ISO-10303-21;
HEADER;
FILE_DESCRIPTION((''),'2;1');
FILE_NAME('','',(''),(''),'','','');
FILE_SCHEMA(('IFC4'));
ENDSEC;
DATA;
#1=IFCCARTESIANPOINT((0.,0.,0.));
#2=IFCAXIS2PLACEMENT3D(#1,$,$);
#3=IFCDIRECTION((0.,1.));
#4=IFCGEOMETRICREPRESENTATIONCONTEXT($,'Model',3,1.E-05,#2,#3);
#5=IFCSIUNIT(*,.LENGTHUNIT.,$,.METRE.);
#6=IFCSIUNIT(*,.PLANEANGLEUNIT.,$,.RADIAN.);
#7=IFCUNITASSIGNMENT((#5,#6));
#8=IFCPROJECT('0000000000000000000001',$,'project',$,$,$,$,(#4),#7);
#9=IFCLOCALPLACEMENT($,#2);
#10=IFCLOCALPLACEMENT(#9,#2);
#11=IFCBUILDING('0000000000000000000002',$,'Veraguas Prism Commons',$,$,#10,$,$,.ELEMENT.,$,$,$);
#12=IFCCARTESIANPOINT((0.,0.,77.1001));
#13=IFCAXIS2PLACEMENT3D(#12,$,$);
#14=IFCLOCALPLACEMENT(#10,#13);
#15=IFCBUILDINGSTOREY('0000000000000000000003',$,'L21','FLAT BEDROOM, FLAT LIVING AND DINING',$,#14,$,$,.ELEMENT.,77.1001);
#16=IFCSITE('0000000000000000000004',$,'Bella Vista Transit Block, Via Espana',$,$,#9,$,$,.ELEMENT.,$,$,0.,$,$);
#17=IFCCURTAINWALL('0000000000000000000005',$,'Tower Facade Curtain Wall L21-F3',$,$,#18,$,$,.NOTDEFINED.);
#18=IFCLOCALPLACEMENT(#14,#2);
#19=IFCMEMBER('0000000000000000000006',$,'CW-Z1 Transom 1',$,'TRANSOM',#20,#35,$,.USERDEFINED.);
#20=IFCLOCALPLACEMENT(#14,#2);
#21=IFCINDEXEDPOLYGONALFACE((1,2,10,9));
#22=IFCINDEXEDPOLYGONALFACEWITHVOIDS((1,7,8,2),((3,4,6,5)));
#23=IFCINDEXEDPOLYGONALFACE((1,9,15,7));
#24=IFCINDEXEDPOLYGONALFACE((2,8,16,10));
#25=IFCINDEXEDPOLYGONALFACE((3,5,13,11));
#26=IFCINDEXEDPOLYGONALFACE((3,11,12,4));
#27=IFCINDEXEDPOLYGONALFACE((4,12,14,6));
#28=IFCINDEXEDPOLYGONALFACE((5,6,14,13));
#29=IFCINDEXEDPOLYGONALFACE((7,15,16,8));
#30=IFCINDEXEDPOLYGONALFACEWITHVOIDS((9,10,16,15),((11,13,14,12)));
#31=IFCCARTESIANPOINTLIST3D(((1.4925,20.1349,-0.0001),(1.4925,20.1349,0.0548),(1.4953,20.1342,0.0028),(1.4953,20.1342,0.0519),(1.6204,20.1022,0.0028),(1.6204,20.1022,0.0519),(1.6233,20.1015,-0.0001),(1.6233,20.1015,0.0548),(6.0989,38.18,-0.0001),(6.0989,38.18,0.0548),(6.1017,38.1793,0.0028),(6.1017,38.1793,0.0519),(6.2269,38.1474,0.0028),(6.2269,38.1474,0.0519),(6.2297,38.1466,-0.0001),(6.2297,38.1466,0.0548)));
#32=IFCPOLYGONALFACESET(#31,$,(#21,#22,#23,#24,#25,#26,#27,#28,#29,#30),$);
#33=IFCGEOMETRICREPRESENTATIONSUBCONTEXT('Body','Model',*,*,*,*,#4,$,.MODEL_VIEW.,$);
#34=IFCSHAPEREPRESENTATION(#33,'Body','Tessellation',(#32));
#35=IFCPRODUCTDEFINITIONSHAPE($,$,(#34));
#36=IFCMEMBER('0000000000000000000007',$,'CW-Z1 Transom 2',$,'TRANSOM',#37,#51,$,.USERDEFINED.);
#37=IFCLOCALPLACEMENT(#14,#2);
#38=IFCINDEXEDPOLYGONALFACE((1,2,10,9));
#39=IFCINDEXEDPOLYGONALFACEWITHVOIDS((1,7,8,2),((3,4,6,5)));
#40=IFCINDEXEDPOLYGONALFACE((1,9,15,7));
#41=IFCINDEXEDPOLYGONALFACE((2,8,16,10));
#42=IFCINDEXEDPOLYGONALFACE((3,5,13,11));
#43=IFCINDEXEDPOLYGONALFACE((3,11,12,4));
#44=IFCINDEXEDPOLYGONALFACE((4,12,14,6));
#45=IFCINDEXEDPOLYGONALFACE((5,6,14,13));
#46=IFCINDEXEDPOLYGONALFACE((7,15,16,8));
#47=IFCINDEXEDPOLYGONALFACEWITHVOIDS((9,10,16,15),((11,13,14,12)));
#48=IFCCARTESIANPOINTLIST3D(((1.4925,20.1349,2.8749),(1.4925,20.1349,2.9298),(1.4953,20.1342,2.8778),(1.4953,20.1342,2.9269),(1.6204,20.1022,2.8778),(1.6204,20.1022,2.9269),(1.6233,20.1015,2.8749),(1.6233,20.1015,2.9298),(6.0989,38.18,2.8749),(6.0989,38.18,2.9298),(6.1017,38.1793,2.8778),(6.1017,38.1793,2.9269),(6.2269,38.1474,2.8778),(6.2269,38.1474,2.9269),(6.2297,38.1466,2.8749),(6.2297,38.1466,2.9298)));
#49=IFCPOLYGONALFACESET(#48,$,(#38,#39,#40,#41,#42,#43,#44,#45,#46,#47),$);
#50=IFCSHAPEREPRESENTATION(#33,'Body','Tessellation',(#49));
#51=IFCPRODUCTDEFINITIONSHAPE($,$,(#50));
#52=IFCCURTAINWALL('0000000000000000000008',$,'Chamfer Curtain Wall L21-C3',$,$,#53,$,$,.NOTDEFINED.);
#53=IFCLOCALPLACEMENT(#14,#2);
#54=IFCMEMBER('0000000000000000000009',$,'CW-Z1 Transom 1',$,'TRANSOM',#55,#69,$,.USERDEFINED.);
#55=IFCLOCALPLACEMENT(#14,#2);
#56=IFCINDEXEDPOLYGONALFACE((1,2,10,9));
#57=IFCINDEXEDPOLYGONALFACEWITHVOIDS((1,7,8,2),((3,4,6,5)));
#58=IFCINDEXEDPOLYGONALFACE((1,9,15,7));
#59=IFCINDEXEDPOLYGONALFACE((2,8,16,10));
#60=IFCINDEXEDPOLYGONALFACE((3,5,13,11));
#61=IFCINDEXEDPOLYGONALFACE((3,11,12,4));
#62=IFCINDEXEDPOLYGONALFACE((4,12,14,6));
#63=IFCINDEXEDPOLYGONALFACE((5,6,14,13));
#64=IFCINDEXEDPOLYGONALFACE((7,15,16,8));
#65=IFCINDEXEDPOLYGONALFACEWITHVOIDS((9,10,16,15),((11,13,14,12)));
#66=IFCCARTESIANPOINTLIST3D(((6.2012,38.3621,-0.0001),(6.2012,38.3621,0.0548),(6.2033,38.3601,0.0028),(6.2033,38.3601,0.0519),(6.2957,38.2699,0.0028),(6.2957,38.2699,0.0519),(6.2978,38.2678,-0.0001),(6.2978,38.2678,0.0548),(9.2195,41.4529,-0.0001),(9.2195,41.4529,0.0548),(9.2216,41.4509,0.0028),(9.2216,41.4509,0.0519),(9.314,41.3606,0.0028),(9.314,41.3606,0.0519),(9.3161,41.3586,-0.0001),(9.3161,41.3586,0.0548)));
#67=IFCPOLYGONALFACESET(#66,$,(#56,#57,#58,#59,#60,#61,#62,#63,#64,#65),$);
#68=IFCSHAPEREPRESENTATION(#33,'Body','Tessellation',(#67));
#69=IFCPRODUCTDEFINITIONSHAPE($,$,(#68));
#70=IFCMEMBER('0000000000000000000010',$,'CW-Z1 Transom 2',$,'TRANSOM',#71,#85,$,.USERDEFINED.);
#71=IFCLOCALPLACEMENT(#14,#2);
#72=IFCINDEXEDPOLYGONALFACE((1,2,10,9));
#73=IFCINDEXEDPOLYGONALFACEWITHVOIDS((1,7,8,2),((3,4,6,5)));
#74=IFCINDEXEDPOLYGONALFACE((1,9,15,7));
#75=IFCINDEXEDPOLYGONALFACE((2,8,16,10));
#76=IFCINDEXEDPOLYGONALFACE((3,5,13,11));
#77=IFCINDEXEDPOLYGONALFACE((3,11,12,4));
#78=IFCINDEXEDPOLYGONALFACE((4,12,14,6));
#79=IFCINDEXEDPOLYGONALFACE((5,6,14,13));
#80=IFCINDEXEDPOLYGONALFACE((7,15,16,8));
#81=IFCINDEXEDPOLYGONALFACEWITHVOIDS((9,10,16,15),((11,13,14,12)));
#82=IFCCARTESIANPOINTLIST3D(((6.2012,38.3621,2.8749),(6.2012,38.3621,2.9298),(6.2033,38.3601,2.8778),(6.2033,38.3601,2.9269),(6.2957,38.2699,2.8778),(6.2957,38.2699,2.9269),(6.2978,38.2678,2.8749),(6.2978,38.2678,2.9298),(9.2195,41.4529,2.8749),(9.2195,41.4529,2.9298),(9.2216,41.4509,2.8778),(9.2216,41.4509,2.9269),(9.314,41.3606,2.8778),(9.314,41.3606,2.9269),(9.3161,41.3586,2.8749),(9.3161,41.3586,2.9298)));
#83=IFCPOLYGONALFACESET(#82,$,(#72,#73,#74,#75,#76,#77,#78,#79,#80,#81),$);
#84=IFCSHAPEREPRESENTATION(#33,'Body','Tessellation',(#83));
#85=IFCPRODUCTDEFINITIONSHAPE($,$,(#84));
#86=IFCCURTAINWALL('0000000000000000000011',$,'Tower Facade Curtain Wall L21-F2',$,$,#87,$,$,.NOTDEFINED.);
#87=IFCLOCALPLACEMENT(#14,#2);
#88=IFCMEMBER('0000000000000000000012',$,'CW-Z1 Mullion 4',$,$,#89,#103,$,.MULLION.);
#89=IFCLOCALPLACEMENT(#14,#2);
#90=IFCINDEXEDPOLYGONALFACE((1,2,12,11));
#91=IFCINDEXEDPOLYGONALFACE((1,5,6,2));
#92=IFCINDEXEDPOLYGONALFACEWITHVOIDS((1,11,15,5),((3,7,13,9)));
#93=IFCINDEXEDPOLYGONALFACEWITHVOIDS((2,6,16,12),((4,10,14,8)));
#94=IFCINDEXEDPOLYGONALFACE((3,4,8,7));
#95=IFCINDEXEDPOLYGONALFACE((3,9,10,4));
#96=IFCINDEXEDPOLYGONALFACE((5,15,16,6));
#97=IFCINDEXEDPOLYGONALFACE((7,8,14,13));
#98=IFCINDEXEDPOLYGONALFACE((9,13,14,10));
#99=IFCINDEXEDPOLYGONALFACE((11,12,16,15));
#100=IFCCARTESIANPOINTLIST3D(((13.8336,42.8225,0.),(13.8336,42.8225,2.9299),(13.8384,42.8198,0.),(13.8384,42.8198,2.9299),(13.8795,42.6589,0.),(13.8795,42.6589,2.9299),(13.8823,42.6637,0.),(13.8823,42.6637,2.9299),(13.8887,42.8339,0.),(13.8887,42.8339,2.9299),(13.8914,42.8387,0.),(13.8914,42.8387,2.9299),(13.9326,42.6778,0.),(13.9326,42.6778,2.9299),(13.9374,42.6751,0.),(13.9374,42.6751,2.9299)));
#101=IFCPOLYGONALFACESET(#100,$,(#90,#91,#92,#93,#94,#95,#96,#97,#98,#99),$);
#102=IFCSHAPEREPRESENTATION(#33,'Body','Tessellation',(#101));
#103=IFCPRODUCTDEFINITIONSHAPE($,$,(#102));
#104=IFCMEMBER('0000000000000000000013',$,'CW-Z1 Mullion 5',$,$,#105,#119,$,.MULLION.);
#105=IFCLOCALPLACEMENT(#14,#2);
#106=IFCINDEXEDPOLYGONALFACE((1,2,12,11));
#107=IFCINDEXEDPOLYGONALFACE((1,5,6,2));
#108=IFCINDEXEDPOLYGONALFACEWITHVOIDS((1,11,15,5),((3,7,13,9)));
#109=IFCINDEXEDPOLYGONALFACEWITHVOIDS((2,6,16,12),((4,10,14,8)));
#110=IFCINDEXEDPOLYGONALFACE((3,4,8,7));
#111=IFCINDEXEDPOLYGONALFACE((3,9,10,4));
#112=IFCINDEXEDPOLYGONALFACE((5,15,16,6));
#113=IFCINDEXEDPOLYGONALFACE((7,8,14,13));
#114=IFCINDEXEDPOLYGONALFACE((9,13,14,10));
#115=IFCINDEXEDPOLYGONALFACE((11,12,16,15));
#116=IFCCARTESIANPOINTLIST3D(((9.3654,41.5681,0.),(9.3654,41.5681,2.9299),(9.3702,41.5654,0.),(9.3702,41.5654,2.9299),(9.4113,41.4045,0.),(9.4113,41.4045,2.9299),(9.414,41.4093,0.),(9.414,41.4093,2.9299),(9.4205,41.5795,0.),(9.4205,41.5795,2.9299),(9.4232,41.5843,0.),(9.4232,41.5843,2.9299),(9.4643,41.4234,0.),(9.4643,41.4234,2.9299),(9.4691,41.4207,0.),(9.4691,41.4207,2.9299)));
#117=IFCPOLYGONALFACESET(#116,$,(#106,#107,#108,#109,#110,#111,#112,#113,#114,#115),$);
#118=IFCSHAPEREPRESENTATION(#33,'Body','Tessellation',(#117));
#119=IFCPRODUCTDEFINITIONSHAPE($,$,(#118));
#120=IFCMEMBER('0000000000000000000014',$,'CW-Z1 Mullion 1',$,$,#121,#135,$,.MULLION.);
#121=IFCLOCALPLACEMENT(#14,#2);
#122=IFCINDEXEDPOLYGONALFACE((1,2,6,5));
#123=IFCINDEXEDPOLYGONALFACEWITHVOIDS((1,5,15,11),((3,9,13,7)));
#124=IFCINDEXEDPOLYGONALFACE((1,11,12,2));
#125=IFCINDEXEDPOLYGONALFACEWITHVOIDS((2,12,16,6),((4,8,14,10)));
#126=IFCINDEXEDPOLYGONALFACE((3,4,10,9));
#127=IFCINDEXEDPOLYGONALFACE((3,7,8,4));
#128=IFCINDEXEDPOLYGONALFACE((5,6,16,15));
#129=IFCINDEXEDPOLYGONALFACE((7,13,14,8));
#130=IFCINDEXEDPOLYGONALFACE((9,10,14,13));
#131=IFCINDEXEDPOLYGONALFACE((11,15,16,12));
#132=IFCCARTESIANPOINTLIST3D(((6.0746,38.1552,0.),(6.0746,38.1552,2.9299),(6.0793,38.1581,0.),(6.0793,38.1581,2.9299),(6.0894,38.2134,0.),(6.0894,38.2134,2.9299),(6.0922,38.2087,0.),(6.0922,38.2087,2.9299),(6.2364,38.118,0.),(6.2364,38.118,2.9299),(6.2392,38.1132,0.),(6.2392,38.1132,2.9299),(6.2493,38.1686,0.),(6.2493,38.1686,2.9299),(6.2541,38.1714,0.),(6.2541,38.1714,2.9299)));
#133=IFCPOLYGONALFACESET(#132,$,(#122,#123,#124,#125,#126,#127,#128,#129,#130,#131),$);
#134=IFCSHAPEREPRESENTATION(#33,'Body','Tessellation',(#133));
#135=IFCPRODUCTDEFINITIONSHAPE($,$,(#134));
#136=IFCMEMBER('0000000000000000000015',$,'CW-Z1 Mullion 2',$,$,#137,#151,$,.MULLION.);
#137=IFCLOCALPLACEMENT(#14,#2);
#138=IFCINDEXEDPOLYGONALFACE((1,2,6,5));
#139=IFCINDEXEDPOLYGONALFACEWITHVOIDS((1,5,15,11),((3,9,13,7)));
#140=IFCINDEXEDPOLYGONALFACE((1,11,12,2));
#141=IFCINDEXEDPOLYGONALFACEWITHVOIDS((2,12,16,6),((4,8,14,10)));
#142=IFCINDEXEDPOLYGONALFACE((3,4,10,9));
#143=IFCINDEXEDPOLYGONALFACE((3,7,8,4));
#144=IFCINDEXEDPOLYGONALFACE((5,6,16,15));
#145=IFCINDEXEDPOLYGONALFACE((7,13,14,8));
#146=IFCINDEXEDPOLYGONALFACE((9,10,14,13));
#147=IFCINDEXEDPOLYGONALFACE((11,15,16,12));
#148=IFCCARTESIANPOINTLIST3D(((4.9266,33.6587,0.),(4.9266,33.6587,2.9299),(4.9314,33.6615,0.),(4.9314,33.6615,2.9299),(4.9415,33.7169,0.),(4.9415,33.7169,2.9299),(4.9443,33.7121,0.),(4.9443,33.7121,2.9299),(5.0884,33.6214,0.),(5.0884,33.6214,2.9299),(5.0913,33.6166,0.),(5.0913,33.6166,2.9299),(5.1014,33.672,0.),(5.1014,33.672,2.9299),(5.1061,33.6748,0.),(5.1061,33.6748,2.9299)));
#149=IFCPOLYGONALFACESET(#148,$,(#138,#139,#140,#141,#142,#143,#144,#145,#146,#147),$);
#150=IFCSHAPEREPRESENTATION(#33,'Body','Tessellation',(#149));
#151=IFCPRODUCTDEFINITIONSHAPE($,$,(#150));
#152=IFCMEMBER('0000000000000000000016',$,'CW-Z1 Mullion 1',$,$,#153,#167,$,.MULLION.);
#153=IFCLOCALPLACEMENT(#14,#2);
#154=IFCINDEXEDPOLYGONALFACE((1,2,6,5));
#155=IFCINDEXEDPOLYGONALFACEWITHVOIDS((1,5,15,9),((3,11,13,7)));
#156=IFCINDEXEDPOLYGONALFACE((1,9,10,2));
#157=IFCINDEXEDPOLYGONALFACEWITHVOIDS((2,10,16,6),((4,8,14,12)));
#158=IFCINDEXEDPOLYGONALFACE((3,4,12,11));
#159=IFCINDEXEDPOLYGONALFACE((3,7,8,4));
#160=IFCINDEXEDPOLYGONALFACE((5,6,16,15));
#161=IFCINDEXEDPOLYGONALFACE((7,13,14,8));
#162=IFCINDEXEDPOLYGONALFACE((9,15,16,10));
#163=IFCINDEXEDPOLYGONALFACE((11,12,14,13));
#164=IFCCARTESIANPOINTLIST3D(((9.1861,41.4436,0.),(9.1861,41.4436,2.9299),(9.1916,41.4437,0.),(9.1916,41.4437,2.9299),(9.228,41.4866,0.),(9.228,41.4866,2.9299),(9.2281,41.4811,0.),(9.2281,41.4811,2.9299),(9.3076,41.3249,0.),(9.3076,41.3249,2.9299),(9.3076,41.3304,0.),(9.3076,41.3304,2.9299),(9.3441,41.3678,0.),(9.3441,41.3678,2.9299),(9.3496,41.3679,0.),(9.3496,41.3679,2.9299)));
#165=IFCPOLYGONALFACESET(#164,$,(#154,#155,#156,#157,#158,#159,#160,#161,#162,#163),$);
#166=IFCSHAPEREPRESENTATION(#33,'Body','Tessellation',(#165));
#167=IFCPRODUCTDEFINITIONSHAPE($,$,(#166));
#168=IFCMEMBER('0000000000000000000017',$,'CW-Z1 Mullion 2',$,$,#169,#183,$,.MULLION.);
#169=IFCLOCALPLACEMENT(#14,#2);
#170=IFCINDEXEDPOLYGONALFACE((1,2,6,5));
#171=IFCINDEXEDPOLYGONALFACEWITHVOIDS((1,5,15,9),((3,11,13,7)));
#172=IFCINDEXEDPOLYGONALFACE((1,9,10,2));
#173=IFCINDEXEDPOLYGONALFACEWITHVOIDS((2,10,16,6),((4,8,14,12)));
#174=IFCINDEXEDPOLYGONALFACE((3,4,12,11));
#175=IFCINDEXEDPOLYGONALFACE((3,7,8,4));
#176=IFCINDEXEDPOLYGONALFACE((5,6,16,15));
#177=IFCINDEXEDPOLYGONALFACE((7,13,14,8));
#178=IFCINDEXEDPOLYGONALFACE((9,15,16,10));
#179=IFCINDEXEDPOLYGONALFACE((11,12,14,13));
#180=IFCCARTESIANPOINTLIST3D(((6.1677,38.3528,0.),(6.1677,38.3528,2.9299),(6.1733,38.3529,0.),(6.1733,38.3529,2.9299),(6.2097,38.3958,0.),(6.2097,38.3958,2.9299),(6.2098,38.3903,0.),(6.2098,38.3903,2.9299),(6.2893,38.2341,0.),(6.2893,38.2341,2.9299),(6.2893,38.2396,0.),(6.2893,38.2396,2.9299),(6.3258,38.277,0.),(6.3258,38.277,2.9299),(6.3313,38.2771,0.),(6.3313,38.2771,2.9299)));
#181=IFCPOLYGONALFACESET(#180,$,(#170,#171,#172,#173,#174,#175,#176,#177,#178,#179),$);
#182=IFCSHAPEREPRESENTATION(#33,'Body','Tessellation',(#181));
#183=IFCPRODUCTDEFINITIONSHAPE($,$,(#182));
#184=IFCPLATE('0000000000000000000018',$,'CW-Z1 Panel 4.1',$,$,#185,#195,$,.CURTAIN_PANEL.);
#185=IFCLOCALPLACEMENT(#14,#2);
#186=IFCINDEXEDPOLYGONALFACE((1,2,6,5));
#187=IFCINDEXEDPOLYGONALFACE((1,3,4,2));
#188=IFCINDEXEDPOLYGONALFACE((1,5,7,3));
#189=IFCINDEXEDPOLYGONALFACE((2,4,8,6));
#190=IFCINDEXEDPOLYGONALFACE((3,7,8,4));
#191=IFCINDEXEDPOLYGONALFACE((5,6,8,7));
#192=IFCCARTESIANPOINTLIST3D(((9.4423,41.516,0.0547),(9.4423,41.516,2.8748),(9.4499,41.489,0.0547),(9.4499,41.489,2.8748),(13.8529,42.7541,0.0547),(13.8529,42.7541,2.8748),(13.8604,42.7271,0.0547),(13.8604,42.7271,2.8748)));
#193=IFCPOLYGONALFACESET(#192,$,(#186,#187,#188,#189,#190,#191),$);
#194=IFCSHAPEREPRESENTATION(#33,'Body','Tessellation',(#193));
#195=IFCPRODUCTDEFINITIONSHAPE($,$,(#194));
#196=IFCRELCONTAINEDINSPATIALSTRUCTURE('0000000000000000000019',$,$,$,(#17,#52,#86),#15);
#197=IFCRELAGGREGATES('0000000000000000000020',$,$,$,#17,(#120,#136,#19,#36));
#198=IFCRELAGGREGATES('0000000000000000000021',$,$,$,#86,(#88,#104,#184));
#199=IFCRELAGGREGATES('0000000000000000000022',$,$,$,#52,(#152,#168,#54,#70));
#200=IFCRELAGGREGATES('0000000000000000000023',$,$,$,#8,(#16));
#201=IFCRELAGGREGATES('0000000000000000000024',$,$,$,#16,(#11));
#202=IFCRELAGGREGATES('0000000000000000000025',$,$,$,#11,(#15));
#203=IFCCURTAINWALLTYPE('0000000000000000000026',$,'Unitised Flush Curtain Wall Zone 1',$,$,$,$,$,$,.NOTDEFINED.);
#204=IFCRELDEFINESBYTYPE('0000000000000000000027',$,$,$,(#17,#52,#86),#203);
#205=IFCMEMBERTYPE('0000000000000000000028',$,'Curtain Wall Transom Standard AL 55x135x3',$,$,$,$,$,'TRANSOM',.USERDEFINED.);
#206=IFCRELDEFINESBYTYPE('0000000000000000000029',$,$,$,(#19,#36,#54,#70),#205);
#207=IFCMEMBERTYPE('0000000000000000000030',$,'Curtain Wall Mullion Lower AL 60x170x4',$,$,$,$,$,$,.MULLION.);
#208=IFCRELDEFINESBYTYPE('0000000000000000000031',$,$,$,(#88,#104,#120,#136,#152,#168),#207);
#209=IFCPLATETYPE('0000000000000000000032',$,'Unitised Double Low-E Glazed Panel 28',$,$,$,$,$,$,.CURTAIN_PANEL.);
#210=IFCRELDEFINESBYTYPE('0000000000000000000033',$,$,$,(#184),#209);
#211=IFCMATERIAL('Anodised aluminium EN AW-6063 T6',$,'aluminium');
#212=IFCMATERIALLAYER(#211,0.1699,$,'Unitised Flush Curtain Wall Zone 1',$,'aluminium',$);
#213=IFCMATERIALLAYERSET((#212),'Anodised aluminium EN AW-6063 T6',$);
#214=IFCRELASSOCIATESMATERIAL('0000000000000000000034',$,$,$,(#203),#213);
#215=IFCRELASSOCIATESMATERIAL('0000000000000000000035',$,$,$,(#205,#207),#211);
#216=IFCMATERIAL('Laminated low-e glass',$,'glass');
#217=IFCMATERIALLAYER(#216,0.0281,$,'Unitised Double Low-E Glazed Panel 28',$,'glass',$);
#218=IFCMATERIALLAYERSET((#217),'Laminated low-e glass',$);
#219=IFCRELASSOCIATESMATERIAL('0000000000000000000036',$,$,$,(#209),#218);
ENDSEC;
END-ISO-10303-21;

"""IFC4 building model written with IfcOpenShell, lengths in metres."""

from ifc_helpers import new_model, si_unit, direction, frame, origin, origin_2d, place, context, subcontext, project, spatial, rectangle, hollow_rectangle, extrude, source, transform, mapped, material, layer, layer_set, material_profile, profile_set, type_object, element, aggregate, save


model = new_model("IFC4")

# Units and contexts
model_context = context("Model", 3, precision=1e-05, world=origin(), true_north=direction((0.0, 1.0)))
body_context = subcontext(model_context, "Body", "Model", "MODEL_VIEW")
ifc_project = project(units=[si_unit("LENGTHUNIT", "METRE"), si_unit("PLANEANGLEUNIT", "RADIAN")], contexts=[model_context])

# Site, building, storey
site_placement = place(None, origin())
site = spatial("IfcSite", under=ifc_project, at=site_placement, Name="Bella Vista Transit Block, Via Espana", CompositionType="ELEMENT", RefElevation=0.0)
building_placement = place(site_placement, origin())
building = spatial("IfcBuilding", under=site, at=building_placement, Name="Veraguas Prism Commons", CompositionType="ELEMENT")
storey_placement = place(building_placement, frame((0.0, 0.0, 77.1001)))
storey = spatial("IfcBuildingStorey", under=building, at=storey_placement, Name="L21", Description="FLAT BEDROOM, FLAT LIVING AND DINING", CompositionType="ELEMENT", Elevation=77.1001)

# Curtain walls, members
ifc_material_1 = material(Name="Anodised aluminium EN AW-6063 T6", Category="aluminium")
ifc_layer_1 = layer(ifc_material_1, 0.1699, Name="Unitised Flush Curtain Wall Zone 1", Category="aluminium")
ifc_layer_set_1 = layer_set([ifc_layer_1], Name="Anodised aluminium EN AW-6063 T6")
curtain_wall_type = type_object("IfcCurtainWallType", Name="Unitised Flush Curtain Wall Zone 1", PredefinedType="NOTDEFINED", material=ifc_layer_set_1)
curtain_wall_1_placement = place(storey_placement, origin())
curtain_wall_1 = element("IfcCurtainWall", 1, at=curtain_wall_1_placement, inside=storey, type_object=curtain_wall_type, Name="Tower Facade Curtain Wall L21-F3", PredefinedType="NOTDEFINED")
ifc_material_profile_1 = material_profile(ifc_material_1, hollow_rectangle(XDim=0.0549, YDim=0.135, WallThickness=0.0029, at=origin_2d()), Name="AL55X135X3")
ifc_profile_set_1 = profile_set([ifc_material_profile_1], Name="Anodised aluminium EN AW-6063 T6")
member_type_1 = type_object("IfcMemberType", Name="Curtain Wall Transom Standard AL 55x135x3", ElementType="TRANSOM", PredefinedType="USERDEFINED", material=ifc_profile_set_1)
shared_shape_1 = source(origin(), body_context, "Body", "SweptSolid", [
    extrude(hollow_rectangle(XDim=0.0549, YDim=0.135, WallThickness=0.0029, at=origin_2d()), origin(), (0.0, 0.0, 1.0), 18.6238),
])
member_1_placement = place(storey_placement, frame((6.1643, 38.1633, 0.0273), z_axis=(-0.247341, -0.968928, 0.0), x_axis=(0.0, 0.0, 1.0)))
member_1 = element("IfcMember", 2, at=member_1_placement, type_object=member_type_1, Name="CW-Z1 Transom 1", ObjectType="TRANSOM", PredefinedType="USERDEFINED", context=body_context, shape_type="MappedRepresentation", body=[
    mapped(shared_shape_1, transform((0.0, 0.0, 0.0), scale=1.0)),
])
member_2_placement = place(storey_placement, frame((6.1643, 38.1633, 2.9023), z_axis=(-0.247341, -0.968928, 0.0), x_axis=(0.0, 0.0, 1.0)))
member_2 = element("IfcMember", 3, at=member_2_placement, type_object=member_type_1, Name="CW-Z1 Transom 2", ObjectType="TRANSOM", PredefinedType="USERDEFINED", context=body_context, shape_type="MappedRepresentation", body=[
    mapped(shared_shape_1, transform((0.0, 0.0, 0.0), scale=1.0)),
])
curtain_wall_2_placement = place(storey_placement, origin())
curtain_wall_2 = element("IfcCurtainWall", 4, at=curtain_wall_2_placement, inside=storey, type_object=curtain_wall_type, Name="Chamfer Curtain Wall L21-C3", PredefinedType="NOTDEFINED")
shared_shape_2 = source(origin(), body_context, "Body", "SweptSolid", [
    extrude(hollow_rectangle(XDim=0.0549, YDim=0.135, WallThickness=0.0029, at=origin_2d()), origin(), (0.0, 0.0, 1.0), 4.3201),
])
member_3_placement = place(storey_placement, frame((9.2678, 41.4058, 0.0273), z_axis=(-0.698665, -0.715449, 0.0), x_axis=(0.0, 0.0, 1.0)))
member_3 = element("IfcMember", 5, at=member_3_placement, type_object=member_type_1, Name="CW-Z1 Transom 1", ObjectType="TRANSOM", PredefinedType="USERDEFINED", context=body_context, shape_type="MappedRepresentation", body=[
    mapped(shared_shape_2, transform((0.0, 0.0, 0.0), scale=1.0)),
])
member_4_placement = place(storey_placement, frame((9.2678, 41.4058, 2.9023), z_axis=(-0.698665, -0.715449, 0.0), x_axis=(0.0, 0.0, 1.0)))
member_4 = element("IfcMember", 6, at=member_4_placement, type_object=member_type_1, Name="CW-Z1 Transom 2", ObjectType="TRANSOM", PredefinedType="USERDEFINED", context=body_context, shape_type="MappedRepresentation", body=[
    mapped(shared_shape_2, transform((0.0, 0.0, 0.0), scale=1.0)),
])
curtain_wall_3_placement = place(storey_placement, origin())
curtain_wall_3 = element("IfcCurtainWall", 7, at=curtain_wall_3_placement, inside=storey, type_object=curtain_wall_type, Name="Tower Facade Curtain Wall L21-F2", PredefinedType="NOTDEFINED")
ifc_material_profile_2 = material_profile(ifc_material_1, hollow_rectangle(XDim=0.0601, YDim=0.1699, WallThickness=0.0039, at=origin_2d()), Name="AL60X170X4")
ifc_profile_set_2 = profile_set([ifc_material_profile_2], Name="Anodised aluminium EN AW-6063 T6")
member_type_2 = type_object("IfcMemberType", Name="Curtain Wall Mullion Lower AL 60x170x4", PredefinedType="MULLION", material=ifc_profile_set_2)
shared_shape_3 = source(origin(), body_context, "Body", "SweptSolid", [
    extrude(hollow_rectangle(XDim=0.0601, YDim=0.1699, WallThickness=0.0039, at=origin_2d()), origin(), (0.0, 0.0, 1.0), 2.9299),
])
member_5_placement = place(storey_placement, frame((13.8855, 42.7488, 0.0), z_axis=(0.0, 0.0, 1.0), x_axis=(-0.962786, -0.270266, 0.0)))
member_5 = element("IfcMember", 8, at=member_5_placement, type_object=member_type_2, Name="CW-Z1 Mullion 4", PredefinedType="MULLION", context=body_context, shape_type="MappedRepresentation", body=[
    mapped(shared_shape_3, transform((0.0, 0.0, 0.0), scale=1.0)),
])
member_6_placement = place(storey_placement, frame((9.4172, 41.4944, 0.0), z_axis=(0.0, 0.0, 1.0), x_axis=(-0.962786, -0.270266, 0.0)))
member_6 = element("IfcMember", 9, at=member_6_placement, type_object=member_type_2, Name="CW-Z1 Mullion 5", PredefinedType="MULLION", context=body_context, shape_type="MappedRepresentation", body=[
    mapped(shared_shape_3, transform((0.0, 0.0, 0.0), scale=1.0)),
])

# Members
member_7_placement = place(storey_placement, frame((6.1643, 38.1633, 0.0), z_axis=(0.0, 0.0, 1.0), x_axis=(-0.247341, -0.968929, 0.0)))
member_7 = element("IfcMember", 10, at=member_7_placement, type_object=member_type_2, Name="CW-Z1 Mullion 1", PredefinedType="MULLION", context=body_context, shape_type="MappedRepresentation", body=[
    mapped(shared_shape_3, transform((0.0, 0.0, 0.0), scale=1.0)),
])
member_8_placement = place(storey_placement, frame((5.0164, 33.6667, 0.0), z_axis=(0.0, 0.0, 1.0), x_axis=(-0.247341, -0.968929, 0.0)))
member_8 = element("IfcMember", 11, at=member_8_placement, type_object=member_type_2, Name="CW-Z1 Mullion 2", PredefinedType="MULLION", context=body_context, shape_type="MappedRepresentation", body=[
    mapped(shared_shape_3, transform((0.0, 0.0, 0.0), scale=1.0)),
])
member_9_placement = place(storey_placement, frame((9.2678, 41.4058, 0.0), z_axis=(0.0, 0.0, 1.0), x_axis=(-0.698666, -0.715448, 0.0)))
member_9 = element("IfcMember", 12, at=member_9_placement, type_object=member_type_2, Name="CW-Z1 Mullion 1", PredefinedType="MULLION", context=body_context, shape_type="MappedRepresentation", body=[
    mapped(shared_shape_3, transform((0.0, 0.0, 0.0), scale=1.0)),
])
member_10_placement = place(storey_placement, frame((6.2495, 38.3149, 0.0), z_axis=(0.0, 0.0, 1.0), x_axis=(-0.698666, -0.715448, 0.0)))
member_10 = element("IfcMember", 13, at=member_10_placement, type_object=member_type_2, Name="CW-Z1 Mullion 2", PredefinedType="MULLION", context=body_context, shape_type="MappedRepresentation", body=[
    mapped(shared_shape_3, transform((0.0, 0.0, 0.0), scale=1.0)),
])

# Plate
ifc_material_2 = material(Name="Laminated low-e glass", Category="glass")
ifc_layer_2 = layer(ifc_material_2, 0.0281, Name="Unitised Double Low-E Glazed Panel 28", Category="glass")
ifc_layer_set_2 = layer_set([ifc_layer_2], Name="Laminated low-e glass")
plate_type = type_object("IfcPlateType", Name="Unitised Double Low-E Glazed Panel 28", PredefinedType="CURTAIN_PANEL", material=ifc_layer_set_2)
shared_shape_4 = source(origin(), body_context, "Body", "SweptSolid", [
    extrude(rectangle(XDim=4.5811, YDim=0.0281, at=origin_2d()), origin(), (0.0, 0.0, 1.0), 2.8201),
])
plate_1_placement = place(storey_placement, frame((11.6514, 42.1216, 0.0547), z_axis=(0.0, 0.0, 1.0), x_axis=(-0.962786, -0.270266, 0.0)))
plate_1 = element("IfcPlate", 14, at=plate_1_placement, type_object=plate_type, Name="CW-Z1 Panel 4.1", PredefinedType="CURTAIN_PANEL", context=body_context, shape_type="MappedRepresentation", body=[
    mapped(shared_shape_4, transform((0.0, 0.0, 0.0), scale=1.0)),
])
aggregate(curtain_wall_1, [member_7, member_8, member_1, member_2])
aggregate(curtain_wall_3, [member_5, member_6, plate_1])
aggregate(curtain_wall_2, [member_9, member_10, member_3, member_4])

save(model, "model.ifc")
